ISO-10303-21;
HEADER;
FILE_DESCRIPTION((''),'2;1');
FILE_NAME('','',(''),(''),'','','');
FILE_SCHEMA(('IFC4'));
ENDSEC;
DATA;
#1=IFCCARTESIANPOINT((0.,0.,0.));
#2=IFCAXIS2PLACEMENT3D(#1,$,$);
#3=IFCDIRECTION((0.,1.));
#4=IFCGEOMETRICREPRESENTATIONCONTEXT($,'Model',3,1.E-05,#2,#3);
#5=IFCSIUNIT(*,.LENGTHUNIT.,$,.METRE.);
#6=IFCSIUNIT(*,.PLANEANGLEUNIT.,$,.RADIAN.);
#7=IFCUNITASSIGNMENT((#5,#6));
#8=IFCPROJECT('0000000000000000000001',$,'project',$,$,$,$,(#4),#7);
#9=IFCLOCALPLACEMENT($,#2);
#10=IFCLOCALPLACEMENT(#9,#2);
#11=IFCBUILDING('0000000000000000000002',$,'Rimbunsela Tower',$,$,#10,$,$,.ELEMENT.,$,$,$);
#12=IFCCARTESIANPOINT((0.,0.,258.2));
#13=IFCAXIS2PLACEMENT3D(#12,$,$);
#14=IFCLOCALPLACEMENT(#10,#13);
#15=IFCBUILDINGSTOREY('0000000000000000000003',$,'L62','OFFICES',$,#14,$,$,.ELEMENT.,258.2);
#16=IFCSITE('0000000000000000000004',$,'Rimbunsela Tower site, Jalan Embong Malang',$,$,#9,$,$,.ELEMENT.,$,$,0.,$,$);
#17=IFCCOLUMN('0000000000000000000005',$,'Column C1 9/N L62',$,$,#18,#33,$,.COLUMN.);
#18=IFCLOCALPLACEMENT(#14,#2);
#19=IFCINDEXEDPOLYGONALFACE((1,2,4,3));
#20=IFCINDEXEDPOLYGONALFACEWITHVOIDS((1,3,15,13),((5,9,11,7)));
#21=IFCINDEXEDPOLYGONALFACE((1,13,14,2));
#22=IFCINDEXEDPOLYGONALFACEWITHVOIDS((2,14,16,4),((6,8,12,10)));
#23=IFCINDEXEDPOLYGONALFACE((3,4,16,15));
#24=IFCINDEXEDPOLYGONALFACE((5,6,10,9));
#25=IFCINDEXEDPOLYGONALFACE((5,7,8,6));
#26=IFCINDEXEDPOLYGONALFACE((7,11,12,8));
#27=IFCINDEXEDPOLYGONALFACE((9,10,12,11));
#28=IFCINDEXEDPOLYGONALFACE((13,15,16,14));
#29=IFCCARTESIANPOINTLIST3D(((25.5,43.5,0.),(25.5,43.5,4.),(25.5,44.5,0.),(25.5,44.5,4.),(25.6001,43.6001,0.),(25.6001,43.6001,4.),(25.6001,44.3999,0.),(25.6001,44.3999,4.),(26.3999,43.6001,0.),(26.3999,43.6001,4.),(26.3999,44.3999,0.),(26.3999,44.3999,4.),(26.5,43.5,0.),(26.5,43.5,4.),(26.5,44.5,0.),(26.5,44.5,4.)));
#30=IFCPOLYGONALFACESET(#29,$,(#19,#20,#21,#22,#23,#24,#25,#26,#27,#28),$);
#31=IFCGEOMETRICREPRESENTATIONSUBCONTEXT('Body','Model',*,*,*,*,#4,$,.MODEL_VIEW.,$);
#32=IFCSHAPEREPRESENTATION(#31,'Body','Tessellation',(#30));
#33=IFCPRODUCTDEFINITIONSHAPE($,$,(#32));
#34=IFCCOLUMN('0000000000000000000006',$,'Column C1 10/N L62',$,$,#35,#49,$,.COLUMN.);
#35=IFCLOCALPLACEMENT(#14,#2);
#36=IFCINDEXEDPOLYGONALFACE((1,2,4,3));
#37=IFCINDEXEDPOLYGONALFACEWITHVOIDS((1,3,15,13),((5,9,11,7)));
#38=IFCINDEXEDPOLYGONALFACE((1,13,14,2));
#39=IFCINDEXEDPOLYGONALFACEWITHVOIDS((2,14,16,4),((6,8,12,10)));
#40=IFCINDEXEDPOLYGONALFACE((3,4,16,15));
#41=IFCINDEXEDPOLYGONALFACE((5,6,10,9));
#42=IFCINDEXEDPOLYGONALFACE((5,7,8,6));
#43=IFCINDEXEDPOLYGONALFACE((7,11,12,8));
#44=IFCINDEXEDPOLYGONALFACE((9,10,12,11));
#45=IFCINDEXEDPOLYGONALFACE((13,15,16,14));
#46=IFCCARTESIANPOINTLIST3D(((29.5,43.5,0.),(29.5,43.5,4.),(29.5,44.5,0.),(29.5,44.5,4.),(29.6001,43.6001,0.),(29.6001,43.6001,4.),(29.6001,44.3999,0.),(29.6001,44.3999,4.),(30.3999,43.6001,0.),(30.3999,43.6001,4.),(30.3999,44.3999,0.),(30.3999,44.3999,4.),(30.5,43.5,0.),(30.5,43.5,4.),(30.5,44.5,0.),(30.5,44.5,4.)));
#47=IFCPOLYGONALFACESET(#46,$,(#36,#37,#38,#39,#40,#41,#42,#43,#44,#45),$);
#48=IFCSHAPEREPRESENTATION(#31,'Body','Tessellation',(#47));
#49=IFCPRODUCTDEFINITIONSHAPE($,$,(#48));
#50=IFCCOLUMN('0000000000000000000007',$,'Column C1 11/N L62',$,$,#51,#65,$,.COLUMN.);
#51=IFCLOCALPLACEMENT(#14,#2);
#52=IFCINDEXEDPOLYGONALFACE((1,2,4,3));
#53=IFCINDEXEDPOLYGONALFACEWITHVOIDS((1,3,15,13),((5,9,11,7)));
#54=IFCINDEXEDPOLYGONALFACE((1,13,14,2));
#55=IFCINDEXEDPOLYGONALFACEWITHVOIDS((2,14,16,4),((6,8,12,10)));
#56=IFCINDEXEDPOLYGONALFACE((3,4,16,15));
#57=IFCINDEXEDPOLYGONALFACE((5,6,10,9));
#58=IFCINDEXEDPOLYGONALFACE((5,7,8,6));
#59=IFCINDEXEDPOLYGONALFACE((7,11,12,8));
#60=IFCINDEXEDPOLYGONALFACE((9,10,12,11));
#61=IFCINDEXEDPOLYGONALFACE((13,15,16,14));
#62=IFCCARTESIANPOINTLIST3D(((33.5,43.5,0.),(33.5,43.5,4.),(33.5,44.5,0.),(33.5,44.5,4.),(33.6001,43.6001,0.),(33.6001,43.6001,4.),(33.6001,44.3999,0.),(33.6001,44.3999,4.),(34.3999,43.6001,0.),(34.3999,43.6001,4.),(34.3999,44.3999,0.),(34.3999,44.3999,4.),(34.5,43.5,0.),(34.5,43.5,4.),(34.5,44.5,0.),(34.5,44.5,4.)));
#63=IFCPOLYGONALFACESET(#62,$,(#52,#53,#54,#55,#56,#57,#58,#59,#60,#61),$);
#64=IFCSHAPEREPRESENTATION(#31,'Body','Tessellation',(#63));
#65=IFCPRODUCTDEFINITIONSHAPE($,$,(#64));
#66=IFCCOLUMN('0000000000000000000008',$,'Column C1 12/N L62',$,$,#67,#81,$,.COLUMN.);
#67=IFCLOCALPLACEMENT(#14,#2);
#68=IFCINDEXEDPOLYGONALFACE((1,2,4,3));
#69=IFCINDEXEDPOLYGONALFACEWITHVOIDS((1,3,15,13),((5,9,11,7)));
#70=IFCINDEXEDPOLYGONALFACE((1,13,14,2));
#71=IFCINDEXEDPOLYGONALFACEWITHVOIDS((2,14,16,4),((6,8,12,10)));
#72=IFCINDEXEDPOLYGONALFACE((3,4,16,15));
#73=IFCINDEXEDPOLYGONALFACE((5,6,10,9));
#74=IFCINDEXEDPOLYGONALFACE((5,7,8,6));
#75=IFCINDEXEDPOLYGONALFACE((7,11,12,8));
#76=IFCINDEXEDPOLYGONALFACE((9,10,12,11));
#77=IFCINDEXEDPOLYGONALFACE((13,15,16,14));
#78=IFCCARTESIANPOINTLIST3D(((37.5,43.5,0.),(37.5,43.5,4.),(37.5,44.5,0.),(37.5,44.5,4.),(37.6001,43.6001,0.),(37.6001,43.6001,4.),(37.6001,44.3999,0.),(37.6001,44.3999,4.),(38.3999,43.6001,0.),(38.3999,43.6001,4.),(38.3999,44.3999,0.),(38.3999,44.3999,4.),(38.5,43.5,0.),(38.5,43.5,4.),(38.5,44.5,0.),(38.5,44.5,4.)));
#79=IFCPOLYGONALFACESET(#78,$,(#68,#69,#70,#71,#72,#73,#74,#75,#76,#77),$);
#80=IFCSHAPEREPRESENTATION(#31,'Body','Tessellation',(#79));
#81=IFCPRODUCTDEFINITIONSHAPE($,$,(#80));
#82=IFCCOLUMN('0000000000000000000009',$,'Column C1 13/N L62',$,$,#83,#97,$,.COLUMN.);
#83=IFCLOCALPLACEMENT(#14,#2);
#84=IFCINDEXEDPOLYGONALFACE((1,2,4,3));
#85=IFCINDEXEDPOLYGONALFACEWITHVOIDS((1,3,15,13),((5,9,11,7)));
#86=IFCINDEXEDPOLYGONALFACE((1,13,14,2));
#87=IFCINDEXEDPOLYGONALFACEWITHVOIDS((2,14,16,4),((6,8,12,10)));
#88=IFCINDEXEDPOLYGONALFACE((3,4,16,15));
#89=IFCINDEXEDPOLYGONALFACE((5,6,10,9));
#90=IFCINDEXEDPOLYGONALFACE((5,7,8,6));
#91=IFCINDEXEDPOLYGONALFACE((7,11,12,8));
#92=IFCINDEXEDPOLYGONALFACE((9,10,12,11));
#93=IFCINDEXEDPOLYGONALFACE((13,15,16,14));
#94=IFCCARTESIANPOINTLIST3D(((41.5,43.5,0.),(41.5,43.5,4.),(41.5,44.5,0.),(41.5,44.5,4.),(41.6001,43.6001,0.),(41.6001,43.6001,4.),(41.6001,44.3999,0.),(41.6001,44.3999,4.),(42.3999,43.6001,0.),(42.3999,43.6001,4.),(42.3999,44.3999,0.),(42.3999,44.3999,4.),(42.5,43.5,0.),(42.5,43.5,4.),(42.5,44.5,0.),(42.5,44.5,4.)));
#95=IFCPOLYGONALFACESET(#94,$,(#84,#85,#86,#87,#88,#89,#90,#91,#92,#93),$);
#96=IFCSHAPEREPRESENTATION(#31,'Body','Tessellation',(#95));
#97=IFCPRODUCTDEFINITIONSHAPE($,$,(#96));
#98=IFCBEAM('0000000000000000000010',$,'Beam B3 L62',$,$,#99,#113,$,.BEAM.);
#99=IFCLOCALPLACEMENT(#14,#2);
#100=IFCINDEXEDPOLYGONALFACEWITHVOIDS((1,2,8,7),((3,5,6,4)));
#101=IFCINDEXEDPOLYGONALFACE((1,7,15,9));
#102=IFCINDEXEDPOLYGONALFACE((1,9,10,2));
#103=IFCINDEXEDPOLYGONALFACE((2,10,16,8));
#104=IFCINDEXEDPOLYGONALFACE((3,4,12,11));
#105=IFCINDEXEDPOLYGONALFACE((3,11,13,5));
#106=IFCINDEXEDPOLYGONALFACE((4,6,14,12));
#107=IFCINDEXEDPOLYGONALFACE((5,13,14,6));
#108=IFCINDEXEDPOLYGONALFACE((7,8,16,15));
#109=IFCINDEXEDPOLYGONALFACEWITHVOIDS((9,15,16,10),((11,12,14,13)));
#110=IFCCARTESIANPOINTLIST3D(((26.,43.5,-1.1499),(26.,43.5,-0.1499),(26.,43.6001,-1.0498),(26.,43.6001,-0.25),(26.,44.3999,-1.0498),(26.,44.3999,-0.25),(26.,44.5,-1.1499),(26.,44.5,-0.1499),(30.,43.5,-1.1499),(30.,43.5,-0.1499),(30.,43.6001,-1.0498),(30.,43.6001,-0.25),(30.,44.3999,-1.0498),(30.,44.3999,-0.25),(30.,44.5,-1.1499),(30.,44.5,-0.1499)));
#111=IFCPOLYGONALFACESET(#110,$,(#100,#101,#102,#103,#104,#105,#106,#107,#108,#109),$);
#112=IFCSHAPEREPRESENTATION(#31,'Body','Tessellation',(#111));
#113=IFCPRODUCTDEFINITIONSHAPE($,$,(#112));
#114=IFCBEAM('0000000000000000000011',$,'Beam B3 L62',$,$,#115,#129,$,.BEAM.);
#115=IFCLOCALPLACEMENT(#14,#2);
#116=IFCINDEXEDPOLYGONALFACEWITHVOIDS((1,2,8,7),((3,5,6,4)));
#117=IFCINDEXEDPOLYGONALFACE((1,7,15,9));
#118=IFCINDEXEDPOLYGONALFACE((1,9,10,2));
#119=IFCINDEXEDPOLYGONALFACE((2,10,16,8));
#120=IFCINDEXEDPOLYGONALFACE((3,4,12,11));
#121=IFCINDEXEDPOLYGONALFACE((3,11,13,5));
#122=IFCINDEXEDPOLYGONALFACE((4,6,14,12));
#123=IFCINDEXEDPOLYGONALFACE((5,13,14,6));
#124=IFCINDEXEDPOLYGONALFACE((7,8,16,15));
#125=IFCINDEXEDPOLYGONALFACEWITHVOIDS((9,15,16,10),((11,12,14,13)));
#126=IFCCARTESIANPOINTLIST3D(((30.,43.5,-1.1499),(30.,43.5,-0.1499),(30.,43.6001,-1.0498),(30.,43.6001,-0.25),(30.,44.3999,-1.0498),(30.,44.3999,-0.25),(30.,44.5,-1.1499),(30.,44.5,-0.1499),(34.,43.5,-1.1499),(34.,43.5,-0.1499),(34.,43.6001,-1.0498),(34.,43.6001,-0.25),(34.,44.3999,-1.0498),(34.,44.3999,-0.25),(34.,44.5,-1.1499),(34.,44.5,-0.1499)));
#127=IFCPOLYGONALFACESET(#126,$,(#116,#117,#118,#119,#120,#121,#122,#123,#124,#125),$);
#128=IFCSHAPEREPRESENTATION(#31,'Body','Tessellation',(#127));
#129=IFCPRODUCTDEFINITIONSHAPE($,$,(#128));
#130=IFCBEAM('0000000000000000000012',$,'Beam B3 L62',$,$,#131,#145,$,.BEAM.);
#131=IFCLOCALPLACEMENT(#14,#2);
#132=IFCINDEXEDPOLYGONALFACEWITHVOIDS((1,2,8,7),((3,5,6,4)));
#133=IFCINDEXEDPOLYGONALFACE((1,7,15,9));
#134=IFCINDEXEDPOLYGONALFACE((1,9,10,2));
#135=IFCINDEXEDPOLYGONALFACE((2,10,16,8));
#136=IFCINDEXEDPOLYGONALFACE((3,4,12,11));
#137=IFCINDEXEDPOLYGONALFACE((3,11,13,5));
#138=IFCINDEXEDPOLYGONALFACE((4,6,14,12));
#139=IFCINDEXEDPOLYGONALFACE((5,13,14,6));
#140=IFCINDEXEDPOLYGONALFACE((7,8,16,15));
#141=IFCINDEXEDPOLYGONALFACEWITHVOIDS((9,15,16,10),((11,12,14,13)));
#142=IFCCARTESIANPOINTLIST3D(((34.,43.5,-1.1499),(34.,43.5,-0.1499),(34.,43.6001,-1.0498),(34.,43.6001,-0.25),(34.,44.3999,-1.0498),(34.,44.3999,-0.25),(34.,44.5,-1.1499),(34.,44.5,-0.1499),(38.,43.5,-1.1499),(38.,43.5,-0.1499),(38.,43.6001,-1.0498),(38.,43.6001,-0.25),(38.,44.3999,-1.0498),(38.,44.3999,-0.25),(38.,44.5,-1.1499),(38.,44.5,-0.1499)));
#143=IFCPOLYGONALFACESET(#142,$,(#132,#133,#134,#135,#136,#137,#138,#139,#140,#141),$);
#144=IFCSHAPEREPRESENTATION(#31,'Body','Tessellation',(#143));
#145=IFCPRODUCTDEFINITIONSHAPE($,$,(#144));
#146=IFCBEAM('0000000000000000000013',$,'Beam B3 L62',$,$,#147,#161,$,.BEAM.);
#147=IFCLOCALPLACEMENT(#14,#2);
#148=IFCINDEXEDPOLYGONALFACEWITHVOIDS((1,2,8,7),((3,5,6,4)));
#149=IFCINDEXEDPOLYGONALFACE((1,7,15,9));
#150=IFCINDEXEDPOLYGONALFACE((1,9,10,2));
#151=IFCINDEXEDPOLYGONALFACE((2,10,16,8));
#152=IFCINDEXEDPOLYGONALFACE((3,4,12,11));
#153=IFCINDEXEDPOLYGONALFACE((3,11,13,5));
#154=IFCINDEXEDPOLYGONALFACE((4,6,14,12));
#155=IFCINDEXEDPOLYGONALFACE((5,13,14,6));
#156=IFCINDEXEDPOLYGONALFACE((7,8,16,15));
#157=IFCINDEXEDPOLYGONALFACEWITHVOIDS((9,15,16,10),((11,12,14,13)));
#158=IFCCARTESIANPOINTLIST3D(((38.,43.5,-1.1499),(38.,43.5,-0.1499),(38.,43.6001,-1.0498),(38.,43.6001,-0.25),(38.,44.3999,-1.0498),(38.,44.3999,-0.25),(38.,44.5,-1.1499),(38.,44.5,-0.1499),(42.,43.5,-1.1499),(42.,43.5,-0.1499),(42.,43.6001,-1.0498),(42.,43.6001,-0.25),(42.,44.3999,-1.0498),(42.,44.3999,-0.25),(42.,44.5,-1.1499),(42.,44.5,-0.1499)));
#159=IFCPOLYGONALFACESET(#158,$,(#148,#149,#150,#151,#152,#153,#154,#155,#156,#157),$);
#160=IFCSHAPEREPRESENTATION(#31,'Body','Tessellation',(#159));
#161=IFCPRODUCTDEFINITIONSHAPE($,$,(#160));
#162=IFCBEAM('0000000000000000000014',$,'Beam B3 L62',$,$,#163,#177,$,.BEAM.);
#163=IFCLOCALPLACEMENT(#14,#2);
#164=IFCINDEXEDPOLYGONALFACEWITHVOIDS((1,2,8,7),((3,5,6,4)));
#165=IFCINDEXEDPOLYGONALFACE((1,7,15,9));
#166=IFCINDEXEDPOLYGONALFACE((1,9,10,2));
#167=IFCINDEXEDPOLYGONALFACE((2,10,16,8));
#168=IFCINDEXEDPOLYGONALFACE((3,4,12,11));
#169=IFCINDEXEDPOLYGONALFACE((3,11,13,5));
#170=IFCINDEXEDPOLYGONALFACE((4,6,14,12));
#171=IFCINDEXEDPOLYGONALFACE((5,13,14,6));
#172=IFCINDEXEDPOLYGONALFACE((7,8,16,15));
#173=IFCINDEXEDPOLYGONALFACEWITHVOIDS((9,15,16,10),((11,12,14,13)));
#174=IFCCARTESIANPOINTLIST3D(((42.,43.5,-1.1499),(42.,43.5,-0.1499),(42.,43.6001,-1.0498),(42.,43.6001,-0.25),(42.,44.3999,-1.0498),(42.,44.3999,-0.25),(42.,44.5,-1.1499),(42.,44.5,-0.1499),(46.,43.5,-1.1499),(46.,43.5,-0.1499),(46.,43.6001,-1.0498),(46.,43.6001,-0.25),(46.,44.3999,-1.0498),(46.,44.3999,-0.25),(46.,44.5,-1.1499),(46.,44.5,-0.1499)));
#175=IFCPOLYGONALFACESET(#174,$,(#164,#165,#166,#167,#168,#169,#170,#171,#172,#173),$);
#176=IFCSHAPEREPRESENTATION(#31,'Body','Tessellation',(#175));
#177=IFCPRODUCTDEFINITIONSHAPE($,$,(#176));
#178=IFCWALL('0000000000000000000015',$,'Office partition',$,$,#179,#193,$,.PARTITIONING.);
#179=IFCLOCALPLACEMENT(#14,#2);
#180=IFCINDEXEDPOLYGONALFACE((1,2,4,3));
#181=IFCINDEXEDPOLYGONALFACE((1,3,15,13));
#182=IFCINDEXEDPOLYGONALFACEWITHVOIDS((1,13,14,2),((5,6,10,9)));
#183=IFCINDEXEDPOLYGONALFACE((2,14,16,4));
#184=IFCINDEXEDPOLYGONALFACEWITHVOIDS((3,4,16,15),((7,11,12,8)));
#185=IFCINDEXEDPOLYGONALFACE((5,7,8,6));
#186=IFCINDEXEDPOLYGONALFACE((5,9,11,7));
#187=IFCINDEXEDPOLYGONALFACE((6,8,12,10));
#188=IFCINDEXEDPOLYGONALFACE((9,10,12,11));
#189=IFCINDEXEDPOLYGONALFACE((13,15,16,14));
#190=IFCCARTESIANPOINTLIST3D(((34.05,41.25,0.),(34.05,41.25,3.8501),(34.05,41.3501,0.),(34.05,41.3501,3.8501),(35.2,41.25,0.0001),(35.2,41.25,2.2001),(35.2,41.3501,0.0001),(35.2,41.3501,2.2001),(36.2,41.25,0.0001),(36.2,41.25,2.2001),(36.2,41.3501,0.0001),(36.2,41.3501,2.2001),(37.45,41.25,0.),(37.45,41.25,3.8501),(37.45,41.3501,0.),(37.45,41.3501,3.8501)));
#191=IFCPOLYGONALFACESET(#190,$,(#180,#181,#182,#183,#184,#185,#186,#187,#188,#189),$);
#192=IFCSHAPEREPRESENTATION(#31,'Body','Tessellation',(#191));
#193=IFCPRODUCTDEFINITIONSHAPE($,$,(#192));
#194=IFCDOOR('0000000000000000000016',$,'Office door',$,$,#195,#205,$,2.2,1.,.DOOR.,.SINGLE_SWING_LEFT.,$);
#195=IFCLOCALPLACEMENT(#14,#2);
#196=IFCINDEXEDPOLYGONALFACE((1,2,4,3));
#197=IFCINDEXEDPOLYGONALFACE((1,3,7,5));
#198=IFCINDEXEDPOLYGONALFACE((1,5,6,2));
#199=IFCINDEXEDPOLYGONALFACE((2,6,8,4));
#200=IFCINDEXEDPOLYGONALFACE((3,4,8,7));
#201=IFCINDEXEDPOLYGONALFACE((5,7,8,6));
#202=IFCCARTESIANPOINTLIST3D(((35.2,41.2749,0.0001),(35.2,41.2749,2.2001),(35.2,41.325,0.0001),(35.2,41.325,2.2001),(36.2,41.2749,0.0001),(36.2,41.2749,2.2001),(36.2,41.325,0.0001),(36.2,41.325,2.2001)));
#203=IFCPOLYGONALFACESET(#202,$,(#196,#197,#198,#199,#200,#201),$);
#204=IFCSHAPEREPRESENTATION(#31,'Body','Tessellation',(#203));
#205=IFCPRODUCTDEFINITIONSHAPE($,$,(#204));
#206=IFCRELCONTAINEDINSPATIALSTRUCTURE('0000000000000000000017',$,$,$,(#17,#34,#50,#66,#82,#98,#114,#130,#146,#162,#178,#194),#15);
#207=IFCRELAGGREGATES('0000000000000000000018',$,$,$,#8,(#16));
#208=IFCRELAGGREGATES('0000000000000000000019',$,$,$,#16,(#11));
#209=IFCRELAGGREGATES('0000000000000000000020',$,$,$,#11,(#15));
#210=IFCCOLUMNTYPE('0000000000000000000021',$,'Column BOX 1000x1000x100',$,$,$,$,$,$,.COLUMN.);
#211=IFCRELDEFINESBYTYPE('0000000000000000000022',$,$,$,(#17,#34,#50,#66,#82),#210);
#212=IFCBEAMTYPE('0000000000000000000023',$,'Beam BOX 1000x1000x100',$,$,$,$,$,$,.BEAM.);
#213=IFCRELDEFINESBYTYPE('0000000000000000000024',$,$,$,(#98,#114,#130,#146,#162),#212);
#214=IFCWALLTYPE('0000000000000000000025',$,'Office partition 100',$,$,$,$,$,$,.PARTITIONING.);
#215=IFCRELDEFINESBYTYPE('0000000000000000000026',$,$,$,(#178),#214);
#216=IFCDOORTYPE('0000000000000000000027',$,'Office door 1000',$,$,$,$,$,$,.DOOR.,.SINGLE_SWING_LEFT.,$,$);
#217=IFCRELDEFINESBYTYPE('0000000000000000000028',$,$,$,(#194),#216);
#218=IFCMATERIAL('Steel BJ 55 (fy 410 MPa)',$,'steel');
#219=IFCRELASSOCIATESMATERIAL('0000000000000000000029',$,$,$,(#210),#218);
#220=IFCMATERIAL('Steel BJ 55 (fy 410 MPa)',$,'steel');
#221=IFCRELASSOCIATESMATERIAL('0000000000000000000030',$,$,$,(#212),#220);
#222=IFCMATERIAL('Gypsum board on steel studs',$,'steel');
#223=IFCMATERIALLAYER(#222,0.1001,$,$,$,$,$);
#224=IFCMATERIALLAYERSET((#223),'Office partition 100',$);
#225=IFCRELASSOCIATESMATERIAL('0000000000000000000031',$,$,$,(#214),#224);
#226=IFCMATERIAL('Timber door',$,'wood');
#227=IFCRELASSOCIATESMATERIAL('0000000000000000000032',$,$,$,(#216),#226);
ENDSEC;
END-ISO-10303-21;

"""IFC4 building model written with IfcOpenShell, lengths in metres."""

from ifc_helpers import new_model, si_unit, direction, frame, frame_2d, origin, origin_2d, place, context, subcontext, project, spatial, rectangle, hollow_rectangle, extrude, material, layer, layer_set, material_profile, profile_set, type_object, element, fill, save


model = new_model("IFC4")

# Units and contexts
model_context = context("Model", 3, precision=1e-05, world=origin(), true_north=direction((0.0, 1.0)))
body_context = subcontext(model_context, "Body", "Model", "MODEL_VIEW")
ifc_project = project(units=[si_unit("LENGTHUNIT", "METRE"), si_unit("PLANEANGLEUNIT", "RADIAN")], contexts=[model_context])

# Site, building, storey
site_placement = place(None, origin())
site = spatial("IfcSite", under=ifc_project, at=site_placement, Name="Rimbunsela Tower site, Jalan Embong Malang", CompositionType="ELEMENT", RefElevation=0.0)
building_placement = place(site_placement, origin())
building = spatial("IfcBuilding", under=site, at=building_placement, Name="Rimbunsela Tower", CompositionType="ELEMENT")
storey_placement = place(building_placement, frame((0.0, 0.0, 258.2)))
storey = spatial("IfcBuildingStorey", under=building, at=storey_placement, Name="L62", Description="OFFICES", CompositionType="ELEMENT", Elevation=258.2)

# Columns
ifc_material_1 = material(Name="Steel BJ 55 (fy 410 MPa)", Category="steel")
ifc_material_profile_1 = material_profile(ifc_material_1, hollow_rectangle(XDim=1.0, YDim=1.0, WallThickness=0.1001, at=origin_2d()), Name="BOX 1000x1000x100")
ifc_profile_set_1 = profile_set([ifc_material_profile_1], Name="Steel BJ 55 (fy 410 MPa)")
column_type = type_object("IfcColumnType", Name="Column BOX 1000x1000x100", PredefinedType="COLUMN", material=ifc_profile_set_1)
for number, where, z_axis, x_axis, name in (
    (1, (26.0, 44.0, 0.0), (0.0, 0.0, 1.0), (1.0, 0.0, 0.0), "Column C1 9/N L62"),
    (2, (30.0, 44.0, 0.0), (0.0, 0.0, 1.0), (1.0, 0.0, 0.0), "Column C1 10/N L62"),
    (3, (34.0, 44.0, 0.0), (0.0, 0.0, 1.0), (1.0, 0.0, 0.0), "Column C1 11/N L62"),
    (4, (38.0, 44.0, 0.0), (0.0, 0.0, 1.0), (1.0, 0.0, 0.0), "Column C1 12/N L62"),
    (5, (42.0, 44.0, 0.0), (0.0, 0.0, 1.0), (1.0, 0.0, 0.0), "Column C1 13/N L62"),
):
    element("IfcColumn", number, at=place(storey_placement, frame(where, z_axis=z_axis, x_axis=x_axis)), inside=storey, type_object=column_type, Name=name, PredefinedType="COLUMN", context=body_context, shape_type="SweptSolid", body=[
        extrude(hollow_rectangle(XDim=1.0, YDim=1.0, WallThickness=0.1001, at=origin_2d()), origin(), (0.0, 0.0, 1.0), 4.0),
    ])

# Beams
ifc_material_2 = material(Name="Steel BJ 55 (fy 410 MPa)", Category="steel")
ifc_material_profile_2 = material_profile(ifc_material_2, hollow_rectangle(XDim=1.0, YDim=1.0, WallThickness=0.1001, at=origin_2d()), Name="BOX 1000x1000x100")
ifc_profile_set_2 = profile_set([ifc_material_profile_2], Name="Steel BJ 55 (fy 410 MPa)")
beam_type = type_object("IfcBeamType", Name="Beam BOX 1000x1000x100", PredefinedType="BEAM", material=ifc_profile_set_2)
for number, where, z_axis, x_axis, name in (
    (6, (26.0, 44.0, -0.6499), (1.0, 0.0, 0.0), (0.0, 1.0, 0.0), "Beam B3 L62"),
    (7, (30.0, 44.0, -0.6499), (1.0, 0.0, 0.0), (0.0, 1.0, 0.0), "Beam B3 L62"),
    (8, (34.0, 44.0, -0.6499), (1.0, 0.0, 0.0), (0.0, 1.0, 0.0), "Beam B3 L62"),
    (9, (38.0, 44.0, -0.6499), (1.0, 0.0, 0.0), (0.0, 1.0, 0.0), "Beam B3 L62"),
    (10, (42.0, 44.0, -0.6499), (1.0, 0.0, 0.0), (0.0, 1.0, 0.0), "Beam B3 L62"),
):
    element("IfcBeam", number, at=place(storey_placement, frame(where, z_axis=z_axis, x_axis=x_axis)), inside=storey, type_object=beam_type, Name=name, PredefinedType="BEAM", context=body_context, shape_type="SweptSolid", body=[
        extrude(hollow_rectangle(XDim=1.0, YDim=1.0, WallThickness=0.1001, at=origin_2d()), origin(), (0.0, 0.0, 1.0), 4.0),
    ])

# Wall, opening, door
ifc_material_3 = material(Name="Gypsum board on steel studs", Category="steel")
ifc_layer_1 = layer(ifc_material_3, 0.1001)
ifc_layer_set_1 = layer_set([ifc_layer_1], Name="Office partition 100")
wall_type_1 = type_object("IfcWallType", Name="Office partition 100", PredefinedType="PARTITIONING", material=ifc_layer_set_1)
wall_1_placement = place(storey_placement, frame((34.05, 41.3, 0.0), z_axis=(0.0, 0.0, 1.0), x_axis=(1.0, 0.0, 0.0)))
wall_1 = element("IfcWall", 11, at=wall_1_placement, inside=storey, type_object=wall_type_1, Name="Office partition", PredefinedType="PARTITIONING", context=body_context, shape_type="SweptSolid", body=[
    extrude(rectangle(XDim=3.3999, YDim=0.1001, at=frame_2d((1.7, 0.0))), origin(), (0.0, 0.0, 1.0), 3.8501),
])
opening_1_placement = place(wall_1_placement, frame((1.1499, 0.0, 0.0)))
opening_1 = element("IfcOpeningElement", 12, at=opening_1_placement, cuts=wall_1, PredefinedType="OPENING", context=body_context, shape_type="SweptSolid", body=[
    extrude(rectangle(XDim=1.0, YDim=2.2, at=frame_2d((0.5, 1.1001))), frame((0.0, 0.0601, 0.0), z_axis=(0.0, -1.0, 0.0), x_axis=(1.0, 0.0, 0.0)), (0.0, 0.0, 1.0), 0.1201),
])
ifc_material_4 = material(Name="Timber door", Category="wood")
door_type = type_object("IfcDoorType", Name="Office door 1000", OperationType="SINGLE_SWING_LEFT", PredefinedType="DOOR", material=ifc_material_4)
door_placement = place(opening_1_placement, origin())
door = element("IfcDoor", 13, at=door_placement, inside=storey, type_object=door_type, Name="Office door", OperationType="SINGLE_SWING_LEFT", OverallHeight=2.2, OverallWidth=1.0, PredefinedType="DOOR", context=body_context, shape_type="SweptSolid", body=[
    extrude(rectangle(XDim=1.0, YDim=2.2, at=frame_2d((0.5, 1.1001))), frame((0.0, 0.0249, 0.0), z_axis=(0.0, -1.0, 0.0), x_axis=(1.0, 0.0, 0.0)), (0.0, 0.0, 1.0), 0.05),
])
fill(opening_1, door)

save(model, "model.ifc")
